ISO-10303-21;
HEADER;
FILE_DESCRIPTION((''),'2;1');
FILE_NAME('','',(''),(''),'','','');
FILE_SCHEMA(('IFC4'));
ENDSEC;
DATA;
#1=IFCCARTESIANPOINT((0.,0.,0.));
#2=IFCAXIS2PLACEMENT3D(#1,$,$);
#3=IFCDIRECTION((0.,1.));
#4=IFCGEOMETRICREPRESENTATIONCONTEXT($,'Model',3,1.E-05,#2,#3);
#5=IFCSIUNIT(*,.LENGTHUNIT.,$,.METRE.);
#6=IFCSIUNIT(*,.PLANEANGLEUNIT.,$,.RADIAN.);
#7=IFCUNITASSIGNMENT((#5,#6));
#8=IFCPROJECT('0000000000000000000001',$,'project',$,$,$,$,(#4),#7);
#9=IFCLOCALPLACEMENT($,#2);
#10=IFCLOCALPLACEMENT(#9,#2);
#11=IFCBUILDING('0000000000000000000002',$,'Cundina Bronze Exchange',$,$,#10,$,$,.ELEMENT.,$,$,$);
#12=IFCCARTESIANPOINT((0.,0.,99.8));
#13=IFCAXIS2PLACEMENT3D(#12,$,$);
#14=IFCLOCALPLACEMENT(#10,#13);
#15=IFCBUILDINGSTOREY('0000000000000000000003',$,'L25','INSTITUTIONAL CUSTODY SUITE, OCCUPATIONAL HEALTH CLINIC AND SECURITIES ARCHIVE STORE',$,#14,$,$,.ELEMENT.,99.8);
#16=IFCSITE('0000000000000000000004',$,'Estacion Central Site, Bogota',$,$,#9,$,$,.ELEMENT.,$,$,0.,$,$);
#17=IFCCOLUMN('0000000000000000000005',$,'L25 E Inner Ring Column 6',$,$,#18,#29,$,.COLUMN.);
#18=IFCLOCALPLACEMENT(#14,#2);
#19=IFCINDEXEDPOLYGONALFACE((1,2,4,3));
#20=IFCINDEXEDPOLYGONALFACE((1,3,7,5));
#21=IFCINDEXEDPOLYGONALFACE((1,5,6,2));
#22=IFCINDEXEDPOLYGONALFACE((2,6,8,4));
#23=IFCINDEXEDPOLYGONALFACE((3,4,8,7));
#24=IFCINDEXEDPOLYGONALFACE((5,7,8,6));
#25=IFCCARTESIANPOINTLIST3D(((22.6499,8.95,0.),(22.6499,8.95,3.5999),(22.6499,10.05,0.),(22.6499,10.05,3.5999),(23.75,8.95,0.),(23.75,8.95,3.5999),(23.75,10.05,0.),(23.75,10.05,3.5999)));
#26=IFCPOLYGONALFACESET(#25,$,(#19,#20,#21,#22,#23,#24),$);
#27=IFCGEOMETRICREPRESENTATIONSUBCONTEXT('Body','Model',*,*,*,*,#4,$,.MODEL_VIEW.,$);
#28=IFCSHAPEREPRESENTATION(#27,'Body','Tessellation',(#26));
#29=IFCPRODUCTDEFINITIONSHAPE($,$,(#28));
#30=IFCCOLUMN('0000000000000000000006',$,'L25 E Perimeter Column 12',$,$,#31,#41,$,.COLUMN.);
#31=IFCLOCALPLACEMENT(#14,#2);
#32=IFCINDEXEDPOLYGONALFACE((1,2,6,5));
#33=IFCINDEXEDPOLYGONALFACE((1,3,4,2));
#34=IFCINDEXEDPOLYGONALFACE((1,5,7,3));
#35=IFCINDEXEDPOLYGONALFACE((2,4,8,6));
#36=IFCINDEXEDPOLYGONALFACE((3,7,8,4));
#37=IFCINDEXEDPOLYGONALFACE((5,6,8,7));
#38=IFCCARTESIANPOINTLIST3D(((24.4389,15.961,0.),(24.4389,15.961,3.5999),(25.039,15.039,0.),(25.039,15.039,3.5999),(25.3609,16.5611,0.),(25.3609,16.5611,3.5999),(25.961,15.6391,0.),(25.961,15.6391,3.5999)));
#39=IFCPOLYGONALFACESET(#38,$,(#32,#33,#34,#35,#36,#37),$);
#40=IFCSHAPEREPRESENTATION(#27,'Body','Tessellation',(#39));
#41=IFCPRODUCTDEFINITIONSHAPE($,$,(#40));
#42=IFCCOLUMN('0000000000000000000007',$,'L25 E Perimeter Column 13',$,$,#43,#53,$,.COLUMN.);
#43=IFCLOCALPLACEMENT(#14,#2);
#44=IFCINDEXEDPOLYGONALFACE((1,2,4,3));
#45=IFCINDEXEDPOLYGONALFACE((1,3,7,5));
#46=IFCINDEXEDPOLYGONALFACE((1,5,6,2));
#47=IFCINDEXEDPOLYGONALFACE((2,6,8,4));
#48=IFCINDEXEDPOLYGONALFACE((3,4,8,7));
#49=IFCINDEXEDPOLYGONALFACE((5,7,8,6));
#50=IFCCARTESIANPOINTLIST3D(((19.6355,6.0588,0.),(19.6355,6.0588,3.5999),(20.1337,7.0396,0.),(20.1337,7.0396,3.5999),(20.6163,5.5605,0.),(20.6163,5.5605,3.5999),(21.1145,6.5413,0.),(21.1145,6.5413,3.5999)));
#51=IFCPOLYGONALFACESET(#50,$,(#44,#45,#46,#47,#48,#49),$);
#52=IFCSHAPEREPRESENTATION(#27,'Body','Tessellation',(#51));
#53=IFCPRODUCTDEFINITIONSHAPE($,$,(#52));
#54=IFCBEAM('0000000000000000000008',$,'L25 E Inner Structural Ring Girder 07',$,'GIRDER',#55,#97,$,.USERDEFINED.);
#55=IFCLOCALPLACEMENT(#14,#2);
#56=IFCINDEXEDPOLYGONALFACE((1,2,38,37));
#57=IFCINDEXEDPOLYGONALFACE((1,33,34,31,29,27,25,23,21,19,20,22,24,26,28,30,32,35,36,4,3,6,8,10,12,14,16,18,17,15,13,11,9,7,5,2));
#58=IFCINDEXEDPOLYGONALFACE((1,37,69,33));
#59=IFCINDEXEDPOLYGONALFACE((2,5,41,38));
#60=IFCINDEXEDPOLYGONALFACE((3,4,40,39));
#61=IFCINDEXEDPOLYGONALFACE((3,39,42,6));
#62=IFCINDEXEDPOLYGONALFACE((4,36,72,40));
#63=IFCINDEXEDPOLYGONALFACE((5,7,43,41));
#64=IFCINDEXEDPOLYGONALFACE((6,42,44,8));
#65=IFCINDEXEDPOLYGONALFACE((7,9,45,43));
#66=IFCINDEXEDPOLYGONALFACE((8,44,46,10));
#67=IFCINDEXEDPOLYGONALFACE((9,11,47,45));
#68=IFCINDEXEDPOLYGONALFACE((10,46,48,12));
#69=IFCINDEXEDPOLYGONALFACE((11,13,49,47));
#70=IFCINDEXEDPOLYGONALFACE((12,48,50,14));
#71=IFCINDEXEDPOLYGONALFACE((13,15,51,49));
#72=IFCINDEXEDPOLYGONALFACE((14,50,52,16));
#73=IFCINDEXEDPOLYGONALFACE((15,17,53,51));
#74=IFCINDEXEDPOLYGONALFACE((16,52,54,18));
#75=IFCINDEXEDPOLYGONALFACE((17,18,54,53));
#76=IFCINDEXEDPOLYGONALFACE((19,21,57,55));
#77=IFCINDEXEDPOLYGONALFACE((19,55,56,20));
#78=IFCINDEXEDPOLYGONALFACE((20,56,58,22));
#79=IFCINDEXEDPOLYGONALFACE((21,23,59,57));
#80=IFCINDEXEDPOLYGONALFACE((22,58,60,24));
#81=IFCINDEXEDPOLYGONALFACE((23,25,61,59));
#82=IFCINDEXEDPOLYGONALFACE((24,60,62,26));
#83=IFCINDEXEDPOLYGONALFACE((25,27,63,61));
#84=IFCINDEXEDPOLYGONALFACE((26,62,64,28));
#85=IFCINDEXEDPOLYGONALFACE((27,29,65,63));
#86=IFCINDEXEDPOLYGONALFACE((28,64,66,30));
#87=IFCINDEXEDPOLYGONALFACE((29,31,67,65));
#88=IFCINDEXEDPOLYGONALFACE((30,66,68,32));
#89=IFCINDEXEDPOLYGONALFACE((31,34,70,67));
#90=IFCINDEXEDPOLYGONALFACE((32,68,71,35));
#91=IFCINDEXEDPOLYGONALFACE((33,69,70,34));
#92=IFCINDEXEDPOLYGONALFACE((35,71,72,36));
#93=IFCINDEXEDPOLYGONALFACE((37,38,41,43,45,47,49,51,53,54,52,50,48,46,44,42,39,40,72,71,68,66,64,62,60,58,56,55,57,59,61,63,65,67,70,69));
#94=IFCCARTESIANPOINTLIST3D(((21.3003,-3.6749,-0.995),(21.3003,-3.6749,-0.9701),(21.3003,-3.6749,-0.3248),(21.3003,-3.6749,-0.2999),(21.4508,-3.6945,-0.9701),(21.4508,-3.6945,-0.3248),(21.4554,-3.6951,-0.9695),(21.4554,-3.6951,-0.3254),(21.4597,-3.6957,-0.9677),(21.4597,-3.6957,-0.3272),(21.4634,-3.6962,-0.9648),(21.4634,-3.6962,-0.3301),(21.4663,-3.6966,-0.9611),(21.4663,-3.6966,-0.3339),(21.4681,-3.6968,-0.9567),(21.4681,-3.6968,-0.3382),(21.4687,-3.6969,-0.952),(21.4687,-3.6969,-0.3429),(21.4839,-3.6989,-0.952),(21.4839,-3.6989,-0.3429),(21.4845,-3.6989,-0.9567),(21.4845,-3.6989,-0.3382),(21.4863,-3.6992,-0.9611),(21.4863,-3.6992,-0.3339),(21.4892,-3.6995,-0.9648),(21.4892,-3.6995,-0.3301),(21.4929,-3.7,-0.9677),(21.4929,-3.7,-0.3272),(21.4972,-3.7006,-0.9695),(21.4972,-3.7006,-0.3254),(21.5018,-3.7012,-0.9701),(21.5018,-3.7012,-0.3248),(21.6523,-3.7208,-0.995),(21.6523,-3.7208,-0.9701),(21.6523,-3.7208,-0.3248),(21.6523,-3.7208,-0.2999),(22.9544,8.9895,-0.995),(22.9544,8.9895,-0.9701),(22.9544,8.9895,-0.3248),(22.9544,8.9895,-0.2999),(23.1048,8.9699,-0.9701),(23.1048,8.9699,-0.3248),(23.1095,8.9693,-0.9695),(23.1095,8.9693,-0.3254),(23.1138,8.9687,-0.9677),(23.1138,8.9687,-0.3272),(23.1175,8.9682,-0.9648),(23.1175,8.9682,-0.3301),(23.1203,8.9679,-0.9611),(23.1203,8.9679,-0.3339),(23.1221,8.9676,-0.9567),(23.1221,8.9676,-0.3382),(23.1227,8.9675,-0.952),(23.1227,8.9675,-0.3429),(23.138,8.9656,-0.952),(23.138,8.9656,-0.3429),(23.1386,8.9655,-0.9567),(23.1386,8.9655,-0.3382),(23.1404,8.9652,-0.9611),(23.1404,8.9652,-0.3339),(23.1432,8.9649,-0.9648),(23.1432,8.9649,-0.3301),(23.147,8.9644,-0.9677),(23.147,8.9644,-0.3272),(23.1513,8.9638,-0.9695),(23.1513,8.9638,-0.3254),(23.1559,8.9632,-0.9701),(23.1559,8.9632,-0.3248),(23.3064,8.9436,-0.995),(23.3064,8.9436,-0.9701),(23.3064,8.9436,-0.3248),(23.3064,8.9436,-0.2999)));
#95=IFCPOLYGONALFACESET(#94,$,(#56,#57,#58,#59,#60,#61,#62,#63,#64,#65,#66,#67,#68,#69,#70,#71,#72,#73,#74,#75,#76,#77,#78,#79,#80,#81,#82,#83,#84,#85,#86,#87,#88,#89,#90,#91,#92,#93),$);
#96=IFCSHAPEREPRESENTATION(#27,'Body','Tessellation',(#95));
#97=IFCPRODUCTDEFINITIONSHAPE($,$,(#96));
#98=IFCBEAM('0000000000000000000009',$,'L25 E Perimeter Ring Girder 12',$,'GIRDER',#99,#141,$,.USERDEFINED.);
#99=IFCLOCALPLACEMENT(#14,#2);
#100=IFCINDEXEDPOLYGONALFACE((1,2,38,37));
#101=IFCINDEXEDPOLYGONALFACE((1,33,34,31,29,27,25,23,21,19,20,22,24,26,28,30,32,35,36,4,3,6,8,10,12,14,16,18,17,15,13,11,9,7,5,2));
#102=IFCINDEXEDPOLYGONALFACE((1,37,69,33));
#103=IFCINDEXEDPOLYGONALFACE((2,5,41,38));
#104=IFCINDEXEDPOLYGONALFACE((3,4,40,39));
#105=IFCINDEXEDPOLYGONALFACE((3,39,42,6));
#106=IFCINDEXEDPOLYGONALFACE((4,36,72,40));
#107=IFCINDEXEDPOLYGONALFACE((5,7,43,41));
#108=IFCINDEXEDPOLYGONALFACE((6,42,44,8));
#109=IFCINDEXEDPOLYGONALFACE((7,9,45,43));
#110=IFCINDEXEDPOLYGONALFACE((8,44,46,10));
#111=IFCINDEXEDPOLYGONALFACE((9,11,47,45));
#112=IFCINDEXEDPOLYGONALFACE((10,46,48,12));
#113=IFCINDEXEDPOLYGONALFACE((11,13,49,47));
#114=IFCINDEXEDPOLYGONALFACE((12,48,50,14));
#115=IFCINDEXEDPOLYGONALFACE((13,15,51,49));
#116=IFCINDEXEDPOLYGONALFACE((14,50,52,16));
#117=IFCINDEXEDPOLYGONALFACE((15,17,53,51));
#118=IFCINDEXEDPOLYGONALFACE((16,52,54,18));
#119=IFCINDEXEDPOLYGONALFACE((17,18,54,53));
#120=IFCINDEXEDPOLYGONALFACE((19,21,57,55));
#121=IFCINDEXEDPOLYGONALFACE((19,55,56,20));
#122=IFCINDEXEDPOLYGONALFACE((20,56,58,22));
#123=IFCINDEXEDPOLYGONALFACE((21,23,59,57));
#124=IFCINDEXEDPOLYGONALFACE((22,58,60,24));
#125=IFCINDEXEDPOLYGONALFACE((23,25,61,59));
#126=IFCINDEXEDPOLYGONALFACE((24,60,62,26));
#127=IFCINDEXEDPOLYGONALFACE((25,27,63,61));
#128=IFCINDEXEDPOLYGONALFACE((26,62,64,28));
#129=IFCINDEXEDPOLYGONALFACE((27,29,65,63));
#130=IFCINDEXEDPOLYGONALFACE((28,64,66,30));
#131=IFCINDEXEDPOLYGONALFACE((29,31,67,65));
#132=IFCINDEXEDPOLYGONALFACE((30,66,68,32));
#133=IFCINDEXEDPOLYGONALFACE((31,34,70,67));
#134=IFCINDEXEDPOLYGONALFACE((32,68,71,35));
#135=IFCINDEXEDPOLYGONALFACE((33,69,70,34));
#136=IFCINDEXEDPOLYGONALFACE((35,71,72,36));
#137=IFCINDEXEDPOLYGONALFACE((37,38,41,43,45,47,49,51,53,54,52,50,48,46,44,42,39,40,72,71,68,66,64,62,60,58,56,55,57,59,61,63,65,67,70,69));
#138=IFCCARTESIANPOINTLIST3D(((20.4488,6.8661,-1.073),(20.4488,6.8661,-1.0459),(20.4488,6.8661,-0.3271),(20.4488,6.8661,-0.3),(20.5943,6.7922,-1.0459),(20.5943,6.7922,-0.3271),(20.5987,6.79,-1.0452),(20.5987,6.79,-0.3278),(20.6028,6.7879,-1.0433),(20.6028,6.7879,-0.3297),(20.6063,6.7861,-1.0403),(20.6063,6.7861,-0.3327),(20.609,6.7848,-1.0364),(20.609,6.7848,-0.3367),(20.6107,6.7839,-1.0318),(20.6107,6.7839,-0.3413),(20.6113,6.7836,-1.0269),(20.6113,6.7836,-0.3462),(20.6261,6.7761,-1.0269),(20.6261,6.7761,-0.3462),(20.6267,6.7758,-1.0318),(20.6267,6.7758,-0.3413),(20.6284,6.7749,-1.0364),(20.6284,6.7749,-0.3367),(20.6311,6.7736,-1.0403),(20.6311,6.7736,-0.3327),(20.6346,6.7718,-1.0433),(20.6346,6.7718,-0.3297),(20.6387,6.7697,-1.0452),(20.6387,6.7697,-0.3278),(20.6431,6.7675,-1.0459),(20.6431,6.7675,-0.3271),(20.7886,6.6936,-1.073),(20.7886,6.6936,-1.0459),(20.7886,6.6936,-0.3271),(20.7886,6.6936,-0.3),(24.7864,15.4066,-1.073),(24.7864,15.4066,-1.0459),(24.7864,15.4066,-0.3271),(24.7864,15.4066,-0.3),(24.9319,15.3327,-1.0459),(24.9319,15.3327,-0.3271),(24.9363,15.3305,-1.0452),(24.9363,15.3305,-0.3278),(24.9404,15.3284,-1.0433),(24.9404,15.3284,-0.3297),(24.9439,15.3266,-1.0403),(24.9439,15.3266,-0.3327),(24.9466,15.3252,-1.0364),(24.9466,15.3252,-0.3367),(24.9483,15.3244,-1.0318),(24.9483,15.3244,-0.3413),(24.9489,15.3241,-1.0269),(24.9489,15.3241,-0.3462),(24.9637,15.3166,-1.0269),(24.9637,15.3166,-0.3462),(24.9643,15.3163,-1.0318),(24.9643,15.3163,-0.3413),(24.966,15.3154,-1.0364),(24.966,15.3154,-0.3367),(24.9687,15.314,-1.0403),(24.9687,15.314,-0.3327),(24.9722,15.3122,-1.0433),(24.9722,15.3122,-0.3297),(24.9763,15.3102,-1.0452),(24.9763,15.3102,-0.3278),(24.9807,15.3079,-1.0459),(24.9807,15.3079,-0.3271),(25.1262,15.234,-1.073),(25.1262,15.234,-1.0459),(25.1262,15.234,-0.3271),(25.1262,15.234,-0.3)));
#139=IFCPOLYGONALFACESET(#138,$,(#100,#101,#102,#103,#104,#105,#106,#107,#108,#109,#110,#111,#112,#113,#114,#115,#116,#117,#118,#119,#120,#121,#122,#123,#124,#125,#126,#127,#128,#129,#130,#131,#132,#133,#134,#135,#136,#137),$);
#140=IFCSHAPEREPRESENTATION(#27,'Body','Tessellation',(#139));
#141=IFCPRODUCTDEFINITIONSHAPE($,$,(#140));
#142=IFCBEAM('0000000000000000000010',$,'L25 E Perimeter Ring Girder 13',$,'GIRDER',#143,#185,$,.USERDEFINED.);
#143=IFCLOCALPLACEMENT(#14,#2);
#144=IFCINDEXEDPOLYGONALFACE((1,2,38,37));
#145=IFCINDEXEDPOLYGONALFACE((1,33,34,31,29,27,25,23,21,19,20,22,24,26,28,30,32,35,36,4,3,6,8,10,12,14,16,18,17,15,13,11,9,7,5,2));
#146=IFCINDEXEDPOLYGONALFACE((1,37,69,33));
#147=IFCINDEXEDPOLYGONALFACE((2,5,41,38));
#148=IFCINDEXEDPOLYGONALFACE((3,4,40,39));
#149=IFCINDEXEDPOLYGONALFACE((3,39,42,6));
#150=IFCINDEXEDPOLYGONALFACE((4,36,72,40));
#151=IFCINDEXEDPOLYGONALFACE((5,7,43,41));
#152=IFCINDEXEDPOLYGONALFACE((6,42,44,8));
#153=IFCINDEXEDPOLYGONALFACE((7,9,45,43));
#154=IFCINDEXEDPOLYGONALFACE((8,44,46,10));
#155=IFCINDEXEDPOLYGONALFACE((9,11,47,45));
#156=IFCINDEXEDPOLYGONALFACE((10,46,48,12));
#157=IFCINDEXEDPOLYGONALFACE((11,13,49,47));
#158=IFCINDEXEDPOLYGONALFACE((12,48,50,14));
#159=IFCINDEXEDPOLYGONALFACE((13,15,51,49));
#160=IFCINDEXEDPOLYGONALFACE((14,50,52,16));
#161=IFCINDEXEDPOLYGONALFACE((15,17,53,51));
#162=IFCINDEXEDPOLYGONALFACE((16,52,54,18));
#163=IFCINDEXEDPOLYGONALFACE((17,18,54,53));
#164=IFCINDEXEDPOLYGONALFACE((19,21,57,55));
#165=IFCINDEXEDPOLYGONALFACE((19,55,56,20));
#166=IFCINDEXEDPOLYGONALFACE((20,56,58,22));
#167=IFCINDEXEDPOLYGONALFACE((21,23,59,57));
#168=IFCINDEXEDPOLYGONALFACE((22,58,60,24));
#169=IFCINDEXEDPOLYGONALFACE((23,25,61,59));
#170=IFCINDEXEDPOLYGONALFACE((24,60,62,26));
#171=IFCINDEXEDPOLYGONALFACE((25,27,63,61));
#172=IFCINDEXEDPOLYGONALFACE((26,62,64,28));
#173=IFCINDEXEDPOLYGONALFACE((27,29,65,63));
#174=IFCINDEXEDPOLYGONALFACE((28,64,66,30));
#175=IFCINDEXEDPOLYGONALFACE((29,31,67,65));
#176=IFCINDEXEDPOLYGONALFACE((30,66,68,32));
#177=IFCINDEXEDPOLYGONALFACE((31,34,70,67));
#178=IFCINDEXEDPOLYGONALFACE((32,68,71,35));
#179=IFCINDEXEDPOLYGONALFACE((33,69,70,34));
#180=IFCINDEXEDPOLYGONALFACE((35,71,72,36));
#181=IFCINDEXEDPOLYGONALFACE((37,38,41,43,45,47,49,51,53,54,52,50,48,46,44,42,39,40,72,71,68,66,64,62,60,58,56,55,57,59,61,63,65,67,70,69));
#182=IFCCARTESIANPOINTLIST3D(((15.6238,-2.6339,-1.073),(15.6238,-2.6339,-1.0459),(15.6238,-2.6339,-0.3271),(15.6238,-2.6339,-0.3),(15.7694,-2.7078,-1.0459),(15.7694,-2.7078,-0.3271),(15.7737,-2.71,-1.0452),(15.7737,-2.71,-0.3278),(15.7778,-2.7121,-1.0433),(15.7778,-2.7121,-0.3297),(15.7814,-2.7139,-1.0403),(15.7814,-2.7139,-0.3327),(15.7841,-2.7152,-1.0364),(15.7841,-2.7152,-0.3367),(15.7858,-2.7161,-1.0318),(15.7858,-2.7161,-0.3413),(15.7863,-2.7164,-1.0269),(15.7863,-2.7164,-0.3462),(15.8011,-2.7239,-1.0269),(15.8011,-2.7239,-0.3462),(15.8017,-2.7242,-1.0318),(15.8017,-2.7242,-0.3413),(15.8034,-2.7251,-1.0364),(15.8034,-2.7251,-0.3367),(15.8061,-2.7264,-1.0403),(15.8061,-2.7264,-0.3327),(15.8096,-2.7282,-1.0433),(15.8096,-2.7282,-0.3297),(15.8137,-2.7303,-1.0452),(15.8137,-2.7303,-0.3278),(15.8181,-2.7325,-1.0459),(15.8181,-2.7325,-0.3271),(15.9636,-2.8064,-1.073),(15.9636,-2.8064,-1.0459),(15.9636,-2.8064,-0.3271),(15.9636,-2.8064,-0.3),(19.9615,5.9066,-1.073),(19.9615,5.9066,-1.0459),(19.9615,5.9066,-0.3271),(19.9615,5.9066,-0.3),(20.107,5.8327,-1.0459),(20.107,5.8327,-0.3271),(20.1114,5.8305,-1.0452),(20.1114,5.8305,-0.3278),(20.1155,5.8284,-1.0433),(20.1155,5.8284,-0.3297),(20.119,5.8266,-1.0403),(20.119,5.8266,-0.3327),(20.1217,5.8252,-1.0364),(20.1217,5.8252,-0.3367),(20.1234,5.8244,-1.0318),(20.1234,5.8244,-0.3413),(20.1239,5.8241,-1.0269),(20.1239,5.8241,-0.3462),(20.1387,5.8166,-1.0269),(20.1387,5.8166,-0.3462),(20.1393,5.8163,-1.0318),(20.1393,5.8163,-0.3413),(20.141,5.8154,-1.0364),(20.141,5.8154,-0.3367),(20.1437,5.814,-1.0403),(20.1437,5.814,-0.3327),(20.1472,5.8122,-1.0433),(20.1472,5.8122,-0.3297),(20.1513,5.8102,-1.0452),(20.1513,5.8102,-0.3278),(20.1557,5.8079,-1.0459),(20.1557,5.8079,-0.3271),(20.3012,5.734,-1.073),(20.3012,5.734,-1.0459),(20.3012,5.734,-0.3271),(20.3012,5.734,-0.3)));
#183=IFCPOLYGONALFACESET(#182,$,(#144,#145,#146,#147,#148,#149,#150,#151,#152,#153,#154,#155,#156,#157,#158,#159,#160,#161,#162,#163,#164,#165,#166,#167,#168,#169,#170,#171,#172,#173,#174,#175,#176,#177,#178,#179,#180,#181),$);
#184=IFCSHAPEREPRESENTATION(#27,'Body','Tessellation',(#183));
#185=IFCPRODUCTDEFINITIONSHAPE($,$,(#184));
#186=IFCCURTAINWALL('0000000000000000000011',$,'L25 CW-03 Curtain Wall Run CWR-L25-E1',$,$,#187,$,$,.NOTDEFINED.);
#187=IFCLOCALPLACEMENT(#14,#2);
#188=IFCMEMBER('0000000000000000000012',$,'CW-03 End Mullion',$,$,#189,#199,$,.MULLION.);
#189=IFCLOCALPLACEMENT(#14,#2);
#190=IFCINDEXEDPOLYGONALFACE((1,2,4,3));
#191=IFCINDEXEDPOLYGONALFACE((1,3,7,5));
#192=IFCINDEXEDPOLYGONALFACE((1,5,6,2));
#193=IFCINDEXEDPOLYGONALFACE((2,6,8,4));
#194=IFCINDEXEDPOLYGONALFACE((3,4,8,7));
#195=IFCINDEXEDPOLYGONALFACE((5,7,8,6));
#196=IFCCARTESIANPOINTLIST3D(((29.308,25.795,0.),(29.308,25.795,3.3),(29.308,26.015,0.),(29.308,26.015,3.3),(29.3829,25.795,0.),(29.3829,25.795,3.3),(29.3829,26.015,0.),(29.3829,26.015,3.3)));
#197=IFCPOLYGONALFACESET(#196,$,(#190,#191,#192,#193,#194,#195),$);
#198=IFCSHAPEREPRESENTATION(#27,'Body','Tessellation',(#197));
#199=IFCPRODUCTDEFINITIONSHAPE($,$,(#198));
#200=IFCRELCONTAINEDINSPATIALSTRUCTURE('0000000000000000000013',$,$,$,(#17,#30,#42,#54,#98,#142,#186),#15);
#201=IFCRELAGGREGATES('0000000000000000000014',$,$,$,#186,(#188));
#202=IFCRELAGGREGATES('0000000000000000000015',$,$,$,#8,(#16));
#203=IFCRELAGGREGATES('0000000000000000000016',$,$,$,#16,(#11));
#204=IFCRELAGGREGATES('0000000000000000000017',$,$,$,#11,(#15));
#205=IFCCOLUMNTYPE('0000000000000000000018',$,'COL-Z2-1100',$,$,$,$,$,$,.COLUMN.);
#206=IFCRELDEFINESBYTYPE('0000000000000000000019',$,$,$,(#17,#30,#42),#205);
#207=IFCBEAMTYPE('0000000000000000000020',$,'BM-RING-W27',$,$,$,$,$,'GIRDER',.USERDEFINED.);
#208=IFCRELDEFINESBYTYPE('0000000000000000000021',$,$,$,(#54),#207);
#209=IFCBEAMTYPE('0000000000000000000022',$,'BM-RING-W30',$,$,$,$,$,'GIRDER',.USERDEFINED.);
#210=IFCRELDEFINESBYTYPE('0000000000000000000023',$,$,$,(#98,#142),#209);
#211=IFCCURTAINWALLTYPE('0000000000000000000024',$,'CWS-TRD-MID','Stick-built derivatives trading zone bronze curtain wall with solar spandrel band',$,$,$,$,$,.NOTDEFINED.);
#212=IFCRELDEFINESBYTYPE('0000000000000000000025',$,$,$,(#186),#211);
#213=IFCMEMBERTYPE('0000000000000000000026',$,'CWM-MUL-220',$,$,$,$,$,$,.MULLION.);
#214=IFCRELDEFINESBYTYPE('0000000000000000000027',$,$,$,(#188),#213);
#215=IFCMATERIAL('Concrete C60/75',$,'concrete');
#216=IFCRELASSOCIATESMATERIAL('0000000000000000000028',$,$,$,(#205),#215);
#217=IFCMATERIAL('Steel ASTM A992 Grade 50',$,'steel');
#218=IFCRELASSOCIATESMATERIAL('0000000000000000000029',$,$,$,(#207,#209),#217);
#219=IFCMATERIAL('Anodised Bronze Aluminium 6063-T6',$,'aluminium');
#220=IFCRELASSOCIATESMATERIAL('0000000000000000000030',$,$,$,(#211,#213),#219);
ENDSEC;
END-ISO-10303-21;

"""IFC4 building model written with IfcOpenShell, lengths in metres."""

from ifc_helpers import new_model, si_unit, direction, frame, origin, origin_2d, place, context, subcontext, project, spatial, rectangle, i_section, extrude, material, material_profile, profile_set, type_object, element, aggregate, save


model = new_model("IFC4")

# Units and contexts
model_context = context("Model", 3, precision=1e-05, world=origin(), true_north=direction((0.0, 1.0)))
body_context = subcontext(model_context, "Body", "Model", "MODEL_VIEW")
ifc_project = project(units=[si_unit("LENGTHUNIT", "METRE"), si_unit("PLANEANGLEUNIT", "RADIAN")], contexts=[model_context])

# Site, building, storey
site_placement = place(None, origin())
site = spatial("IfcSite", under=ifc_project, at=site_placement, Name="Estacion Central Site, Bogota", CompositionType="ELEMENT", RefElevation=0.0)
building_placement = place(site_placement, origin())
building = spatial("IfcBuilding", under=site, at=building_placement, Name="Cundina Bronze Exchange", CompositionType="ELEMENT")
storey_placement = place(building_placement, frame((0.0, 0.0, 99.8)))
storey = spatial("IfcBuildingStorey", under=building, at=storey_placement, Name="L25", Description="INSTITUTIONAL CUSTODY SUITE, OCCUPATIONAL HEALTH CLINIC AND SECURITIES ARCHIVE STORE", CompositionType="ELEMENT", Elevation=99.8)

# Columns
ifc_material_1 = material(Name="Concrete C60/75", Category="concrete")
ifc_material_profile_1 = material_profile(ifc_material_1, rectangle(XDim=1.1001, YDim=1.1001, at=origin_2d()), Name="RC1100X1100", Category="concrete")
ifc_profile_set_1 = profile_set([ifc_material_profile_1], Name="Concrete C60/75")
column_type = type_object("IfcColumnType", Name="COL-Z2-1100", PredefinedType="COLUMN", material=ifc_profile_set_1)
for number, where, z_axis, x_axis, name in (
    (1, (23.2, 9.5, 0.0), (0.0, 0.0, 1.0), (1.0, 0.0, 0.0), "L25 E Inner Ring Column 6"),
    (2, (25.2, 15.8, 0.0), (0.0, 0.0, 1.0), (-0.8381, -0.545517, 0.0), "L25 E Perimeter Column 12"),
    (3, (20.375, 6.3, 0.0), (0.0, 0.0, 1.0), (-0.452902, -0.891561, 0.0), "L25 E Perimeter Column 13"),
):
    element("IfcColumn", number, at=place(storey_placement, frame(where, z_axis=z_axis, x_axis=x_axis)), inside=storey, type_object=column_type, Name=name, PredefinedType="COLUMN", context=body_context, shape_type="SweptSolid", body=[
        extrude(rectangle(XDim=1.1001, YDim=1.1001, at=origin_2d()), origin(), (0.0, 0.0, 1.0), 3.5999),
    ])

# Beams
ifc_material_2 = material(Name="Steel ASTM A992 Grade 50", Category="steel")
ifc_material_profile_2 = material_profile(ifc_material_2, i_section(OverallWidth=0.355, OverallDepth=0.6951, WebThickness=0.0154, FlangeThickness=0.0249, FilletRadius=0.0181, at=origin_2d()), Name="W27X146", Category="steel")
ifc_profile_set_2 = profile_set([ifc_material_profile_2], Name="Steel ASTM A992 Grade 50")
beam_type_1 = type_object("IfcBeamType", Name="BM-RING-W27", ElementType="GIRDER", PredefinedType="USERDEFINED", material=ifc_profile_set_2)
beam_placement = place(storey_placement, frame((23.1304, 8.9666, -0.6475), z_axis=(-0.129508, -0.991578, 0.0), x_axis=(0.991578, -0.129508, 0.0)))
element("IfcBeam", 4, at=beam_placement, inside=storey, type_object=beam_type_1, Name="L25 E Inner Structural Ring Girder 07", ObjectType="GIRDER", PredefinedType="USERDEFINED", context=body_context, shape_type="SweptSolid", body=[
    extrude(i_section(OverallWidth=0.355, OverallDepth=0.6951, WebThickness=0.0154, FlangeThickness=0.0249, FilletRadius=0.0181, at=origin_2d()), origin(), (0.0, 0.0, 1.0), 12.772),
])
ifc_material_profile_3 = material_profile(ifc_material_2, i_section(OverallWidth=0.3811, OverallDepth=0.7729, WebThickness=0.0166, FlangeThickness=0.0271, FilletRadius=0.019, at=origin_2d()), Name="W30X173", Category="steel")
ifc_profile_set_3 = profile_set([ifc_material_profile_3], Name="Steel ASTM A992 Grade 50")
beam_type_2 = type_object("IfcBeamType", Name="BM-RING-W30", ElementType="GIRDER", PredefinedType="USERDEFINED", material=ifc_profile_set_3)
for number, where, z_axis, x_axis, name in (
    (5, (24.9563, 15.3203, -0.6865), (-0.452832, -0.891596, 0.0), (0.891596, -0.452832, 0.0), "L25 E Perimeter Ring Girder 12"),
    (6, (20.1313, 5.8203, -0.6865), (-0.452832, -0.891596, 0.0), (0.891596, -0.452832, 0.0), "L25 E Perimeter Ring Girder 13"),
):
    element("IfcBeam", number, at=place(storey_placement, frame(where, z_axis=z_axis, x_axis=x_axis)), inside=storey, type_object=beam_type_2, Name=name, ObjectType="GIRDER", PredefinedType="USERDEFINED", context=body_context, shape_type="SweptSolid", body=[
        extrude(i_section(OverallWidth=0.3811, OverallDepth=0.7729, WebThickness=0.0166, FlangeThickness=0.0271, FilletRadius=0.019, at=origin_2d()), origin(), (0.0, 0.0, 1.0), 9.5789),
    ])

# Curtain wall, member
ifc_material_3 = material(Name="Anodised Bronze Aluminium 6063-T6", Category="aluminium")
curtain_wall_type = type_object("IfcCurtainWallType", Name="CWS-TRD-MID", Description="Stick-built derivatives trading zone bronze curtain wall with solar spandrel band", PredefinedType="NOTDEFINED", material=ifc_material_3)
curtain_wall_1_placement = place(storey_placement, origin())
curtain_wall_1 = element("IfcCurtainWall", 7, at=curtain_wall_1_placement, inside=storey, type_object=curtain_wall_type, Name="L25 CW-03 Curtain Wall Run CWR-L25-E1", PredefinedType="NOTDEFINED")
ifc_material_profile_4 = material_profile(ifc_material_3, rectangle(XDim=0.075, YDim=0.22, at=origin_2d()), Name="AL75X220", Category="aluminium")
ifc_profile_set_4 = profile_set([ifc_material_profile_4], Name="Anodised Bronze Aluminium 6063-T6")
member_type_1 = type_object("IfcMemberType", Name="CWM-MUL-220", PredefinedType="MULLION", material=ifc_profile_set_4)
member_1_placement = place(storey_placement, frame((29.3455, 25.905, 0.0), z_axis=(0.0, 0.0, 1.0), x_axis=(-1.0, 0.0, 0.0)))
member_1 = element("IfcMember", 8, at=member_1_placement, type_object=member_type_1, Name="CW-03 End Mullion", PredefinedType="MULLION", context=body_context, shape_type="SweptSolid", body=[
    extrude(rectangle(XDim=0.075, YDim=0.22, at=origin_2d()), origin(), (0.0, 0.0, 1.0), 3.3),
])
aggregate(curtain_wall_1, [member_1])

save(model, "model.ifc")
